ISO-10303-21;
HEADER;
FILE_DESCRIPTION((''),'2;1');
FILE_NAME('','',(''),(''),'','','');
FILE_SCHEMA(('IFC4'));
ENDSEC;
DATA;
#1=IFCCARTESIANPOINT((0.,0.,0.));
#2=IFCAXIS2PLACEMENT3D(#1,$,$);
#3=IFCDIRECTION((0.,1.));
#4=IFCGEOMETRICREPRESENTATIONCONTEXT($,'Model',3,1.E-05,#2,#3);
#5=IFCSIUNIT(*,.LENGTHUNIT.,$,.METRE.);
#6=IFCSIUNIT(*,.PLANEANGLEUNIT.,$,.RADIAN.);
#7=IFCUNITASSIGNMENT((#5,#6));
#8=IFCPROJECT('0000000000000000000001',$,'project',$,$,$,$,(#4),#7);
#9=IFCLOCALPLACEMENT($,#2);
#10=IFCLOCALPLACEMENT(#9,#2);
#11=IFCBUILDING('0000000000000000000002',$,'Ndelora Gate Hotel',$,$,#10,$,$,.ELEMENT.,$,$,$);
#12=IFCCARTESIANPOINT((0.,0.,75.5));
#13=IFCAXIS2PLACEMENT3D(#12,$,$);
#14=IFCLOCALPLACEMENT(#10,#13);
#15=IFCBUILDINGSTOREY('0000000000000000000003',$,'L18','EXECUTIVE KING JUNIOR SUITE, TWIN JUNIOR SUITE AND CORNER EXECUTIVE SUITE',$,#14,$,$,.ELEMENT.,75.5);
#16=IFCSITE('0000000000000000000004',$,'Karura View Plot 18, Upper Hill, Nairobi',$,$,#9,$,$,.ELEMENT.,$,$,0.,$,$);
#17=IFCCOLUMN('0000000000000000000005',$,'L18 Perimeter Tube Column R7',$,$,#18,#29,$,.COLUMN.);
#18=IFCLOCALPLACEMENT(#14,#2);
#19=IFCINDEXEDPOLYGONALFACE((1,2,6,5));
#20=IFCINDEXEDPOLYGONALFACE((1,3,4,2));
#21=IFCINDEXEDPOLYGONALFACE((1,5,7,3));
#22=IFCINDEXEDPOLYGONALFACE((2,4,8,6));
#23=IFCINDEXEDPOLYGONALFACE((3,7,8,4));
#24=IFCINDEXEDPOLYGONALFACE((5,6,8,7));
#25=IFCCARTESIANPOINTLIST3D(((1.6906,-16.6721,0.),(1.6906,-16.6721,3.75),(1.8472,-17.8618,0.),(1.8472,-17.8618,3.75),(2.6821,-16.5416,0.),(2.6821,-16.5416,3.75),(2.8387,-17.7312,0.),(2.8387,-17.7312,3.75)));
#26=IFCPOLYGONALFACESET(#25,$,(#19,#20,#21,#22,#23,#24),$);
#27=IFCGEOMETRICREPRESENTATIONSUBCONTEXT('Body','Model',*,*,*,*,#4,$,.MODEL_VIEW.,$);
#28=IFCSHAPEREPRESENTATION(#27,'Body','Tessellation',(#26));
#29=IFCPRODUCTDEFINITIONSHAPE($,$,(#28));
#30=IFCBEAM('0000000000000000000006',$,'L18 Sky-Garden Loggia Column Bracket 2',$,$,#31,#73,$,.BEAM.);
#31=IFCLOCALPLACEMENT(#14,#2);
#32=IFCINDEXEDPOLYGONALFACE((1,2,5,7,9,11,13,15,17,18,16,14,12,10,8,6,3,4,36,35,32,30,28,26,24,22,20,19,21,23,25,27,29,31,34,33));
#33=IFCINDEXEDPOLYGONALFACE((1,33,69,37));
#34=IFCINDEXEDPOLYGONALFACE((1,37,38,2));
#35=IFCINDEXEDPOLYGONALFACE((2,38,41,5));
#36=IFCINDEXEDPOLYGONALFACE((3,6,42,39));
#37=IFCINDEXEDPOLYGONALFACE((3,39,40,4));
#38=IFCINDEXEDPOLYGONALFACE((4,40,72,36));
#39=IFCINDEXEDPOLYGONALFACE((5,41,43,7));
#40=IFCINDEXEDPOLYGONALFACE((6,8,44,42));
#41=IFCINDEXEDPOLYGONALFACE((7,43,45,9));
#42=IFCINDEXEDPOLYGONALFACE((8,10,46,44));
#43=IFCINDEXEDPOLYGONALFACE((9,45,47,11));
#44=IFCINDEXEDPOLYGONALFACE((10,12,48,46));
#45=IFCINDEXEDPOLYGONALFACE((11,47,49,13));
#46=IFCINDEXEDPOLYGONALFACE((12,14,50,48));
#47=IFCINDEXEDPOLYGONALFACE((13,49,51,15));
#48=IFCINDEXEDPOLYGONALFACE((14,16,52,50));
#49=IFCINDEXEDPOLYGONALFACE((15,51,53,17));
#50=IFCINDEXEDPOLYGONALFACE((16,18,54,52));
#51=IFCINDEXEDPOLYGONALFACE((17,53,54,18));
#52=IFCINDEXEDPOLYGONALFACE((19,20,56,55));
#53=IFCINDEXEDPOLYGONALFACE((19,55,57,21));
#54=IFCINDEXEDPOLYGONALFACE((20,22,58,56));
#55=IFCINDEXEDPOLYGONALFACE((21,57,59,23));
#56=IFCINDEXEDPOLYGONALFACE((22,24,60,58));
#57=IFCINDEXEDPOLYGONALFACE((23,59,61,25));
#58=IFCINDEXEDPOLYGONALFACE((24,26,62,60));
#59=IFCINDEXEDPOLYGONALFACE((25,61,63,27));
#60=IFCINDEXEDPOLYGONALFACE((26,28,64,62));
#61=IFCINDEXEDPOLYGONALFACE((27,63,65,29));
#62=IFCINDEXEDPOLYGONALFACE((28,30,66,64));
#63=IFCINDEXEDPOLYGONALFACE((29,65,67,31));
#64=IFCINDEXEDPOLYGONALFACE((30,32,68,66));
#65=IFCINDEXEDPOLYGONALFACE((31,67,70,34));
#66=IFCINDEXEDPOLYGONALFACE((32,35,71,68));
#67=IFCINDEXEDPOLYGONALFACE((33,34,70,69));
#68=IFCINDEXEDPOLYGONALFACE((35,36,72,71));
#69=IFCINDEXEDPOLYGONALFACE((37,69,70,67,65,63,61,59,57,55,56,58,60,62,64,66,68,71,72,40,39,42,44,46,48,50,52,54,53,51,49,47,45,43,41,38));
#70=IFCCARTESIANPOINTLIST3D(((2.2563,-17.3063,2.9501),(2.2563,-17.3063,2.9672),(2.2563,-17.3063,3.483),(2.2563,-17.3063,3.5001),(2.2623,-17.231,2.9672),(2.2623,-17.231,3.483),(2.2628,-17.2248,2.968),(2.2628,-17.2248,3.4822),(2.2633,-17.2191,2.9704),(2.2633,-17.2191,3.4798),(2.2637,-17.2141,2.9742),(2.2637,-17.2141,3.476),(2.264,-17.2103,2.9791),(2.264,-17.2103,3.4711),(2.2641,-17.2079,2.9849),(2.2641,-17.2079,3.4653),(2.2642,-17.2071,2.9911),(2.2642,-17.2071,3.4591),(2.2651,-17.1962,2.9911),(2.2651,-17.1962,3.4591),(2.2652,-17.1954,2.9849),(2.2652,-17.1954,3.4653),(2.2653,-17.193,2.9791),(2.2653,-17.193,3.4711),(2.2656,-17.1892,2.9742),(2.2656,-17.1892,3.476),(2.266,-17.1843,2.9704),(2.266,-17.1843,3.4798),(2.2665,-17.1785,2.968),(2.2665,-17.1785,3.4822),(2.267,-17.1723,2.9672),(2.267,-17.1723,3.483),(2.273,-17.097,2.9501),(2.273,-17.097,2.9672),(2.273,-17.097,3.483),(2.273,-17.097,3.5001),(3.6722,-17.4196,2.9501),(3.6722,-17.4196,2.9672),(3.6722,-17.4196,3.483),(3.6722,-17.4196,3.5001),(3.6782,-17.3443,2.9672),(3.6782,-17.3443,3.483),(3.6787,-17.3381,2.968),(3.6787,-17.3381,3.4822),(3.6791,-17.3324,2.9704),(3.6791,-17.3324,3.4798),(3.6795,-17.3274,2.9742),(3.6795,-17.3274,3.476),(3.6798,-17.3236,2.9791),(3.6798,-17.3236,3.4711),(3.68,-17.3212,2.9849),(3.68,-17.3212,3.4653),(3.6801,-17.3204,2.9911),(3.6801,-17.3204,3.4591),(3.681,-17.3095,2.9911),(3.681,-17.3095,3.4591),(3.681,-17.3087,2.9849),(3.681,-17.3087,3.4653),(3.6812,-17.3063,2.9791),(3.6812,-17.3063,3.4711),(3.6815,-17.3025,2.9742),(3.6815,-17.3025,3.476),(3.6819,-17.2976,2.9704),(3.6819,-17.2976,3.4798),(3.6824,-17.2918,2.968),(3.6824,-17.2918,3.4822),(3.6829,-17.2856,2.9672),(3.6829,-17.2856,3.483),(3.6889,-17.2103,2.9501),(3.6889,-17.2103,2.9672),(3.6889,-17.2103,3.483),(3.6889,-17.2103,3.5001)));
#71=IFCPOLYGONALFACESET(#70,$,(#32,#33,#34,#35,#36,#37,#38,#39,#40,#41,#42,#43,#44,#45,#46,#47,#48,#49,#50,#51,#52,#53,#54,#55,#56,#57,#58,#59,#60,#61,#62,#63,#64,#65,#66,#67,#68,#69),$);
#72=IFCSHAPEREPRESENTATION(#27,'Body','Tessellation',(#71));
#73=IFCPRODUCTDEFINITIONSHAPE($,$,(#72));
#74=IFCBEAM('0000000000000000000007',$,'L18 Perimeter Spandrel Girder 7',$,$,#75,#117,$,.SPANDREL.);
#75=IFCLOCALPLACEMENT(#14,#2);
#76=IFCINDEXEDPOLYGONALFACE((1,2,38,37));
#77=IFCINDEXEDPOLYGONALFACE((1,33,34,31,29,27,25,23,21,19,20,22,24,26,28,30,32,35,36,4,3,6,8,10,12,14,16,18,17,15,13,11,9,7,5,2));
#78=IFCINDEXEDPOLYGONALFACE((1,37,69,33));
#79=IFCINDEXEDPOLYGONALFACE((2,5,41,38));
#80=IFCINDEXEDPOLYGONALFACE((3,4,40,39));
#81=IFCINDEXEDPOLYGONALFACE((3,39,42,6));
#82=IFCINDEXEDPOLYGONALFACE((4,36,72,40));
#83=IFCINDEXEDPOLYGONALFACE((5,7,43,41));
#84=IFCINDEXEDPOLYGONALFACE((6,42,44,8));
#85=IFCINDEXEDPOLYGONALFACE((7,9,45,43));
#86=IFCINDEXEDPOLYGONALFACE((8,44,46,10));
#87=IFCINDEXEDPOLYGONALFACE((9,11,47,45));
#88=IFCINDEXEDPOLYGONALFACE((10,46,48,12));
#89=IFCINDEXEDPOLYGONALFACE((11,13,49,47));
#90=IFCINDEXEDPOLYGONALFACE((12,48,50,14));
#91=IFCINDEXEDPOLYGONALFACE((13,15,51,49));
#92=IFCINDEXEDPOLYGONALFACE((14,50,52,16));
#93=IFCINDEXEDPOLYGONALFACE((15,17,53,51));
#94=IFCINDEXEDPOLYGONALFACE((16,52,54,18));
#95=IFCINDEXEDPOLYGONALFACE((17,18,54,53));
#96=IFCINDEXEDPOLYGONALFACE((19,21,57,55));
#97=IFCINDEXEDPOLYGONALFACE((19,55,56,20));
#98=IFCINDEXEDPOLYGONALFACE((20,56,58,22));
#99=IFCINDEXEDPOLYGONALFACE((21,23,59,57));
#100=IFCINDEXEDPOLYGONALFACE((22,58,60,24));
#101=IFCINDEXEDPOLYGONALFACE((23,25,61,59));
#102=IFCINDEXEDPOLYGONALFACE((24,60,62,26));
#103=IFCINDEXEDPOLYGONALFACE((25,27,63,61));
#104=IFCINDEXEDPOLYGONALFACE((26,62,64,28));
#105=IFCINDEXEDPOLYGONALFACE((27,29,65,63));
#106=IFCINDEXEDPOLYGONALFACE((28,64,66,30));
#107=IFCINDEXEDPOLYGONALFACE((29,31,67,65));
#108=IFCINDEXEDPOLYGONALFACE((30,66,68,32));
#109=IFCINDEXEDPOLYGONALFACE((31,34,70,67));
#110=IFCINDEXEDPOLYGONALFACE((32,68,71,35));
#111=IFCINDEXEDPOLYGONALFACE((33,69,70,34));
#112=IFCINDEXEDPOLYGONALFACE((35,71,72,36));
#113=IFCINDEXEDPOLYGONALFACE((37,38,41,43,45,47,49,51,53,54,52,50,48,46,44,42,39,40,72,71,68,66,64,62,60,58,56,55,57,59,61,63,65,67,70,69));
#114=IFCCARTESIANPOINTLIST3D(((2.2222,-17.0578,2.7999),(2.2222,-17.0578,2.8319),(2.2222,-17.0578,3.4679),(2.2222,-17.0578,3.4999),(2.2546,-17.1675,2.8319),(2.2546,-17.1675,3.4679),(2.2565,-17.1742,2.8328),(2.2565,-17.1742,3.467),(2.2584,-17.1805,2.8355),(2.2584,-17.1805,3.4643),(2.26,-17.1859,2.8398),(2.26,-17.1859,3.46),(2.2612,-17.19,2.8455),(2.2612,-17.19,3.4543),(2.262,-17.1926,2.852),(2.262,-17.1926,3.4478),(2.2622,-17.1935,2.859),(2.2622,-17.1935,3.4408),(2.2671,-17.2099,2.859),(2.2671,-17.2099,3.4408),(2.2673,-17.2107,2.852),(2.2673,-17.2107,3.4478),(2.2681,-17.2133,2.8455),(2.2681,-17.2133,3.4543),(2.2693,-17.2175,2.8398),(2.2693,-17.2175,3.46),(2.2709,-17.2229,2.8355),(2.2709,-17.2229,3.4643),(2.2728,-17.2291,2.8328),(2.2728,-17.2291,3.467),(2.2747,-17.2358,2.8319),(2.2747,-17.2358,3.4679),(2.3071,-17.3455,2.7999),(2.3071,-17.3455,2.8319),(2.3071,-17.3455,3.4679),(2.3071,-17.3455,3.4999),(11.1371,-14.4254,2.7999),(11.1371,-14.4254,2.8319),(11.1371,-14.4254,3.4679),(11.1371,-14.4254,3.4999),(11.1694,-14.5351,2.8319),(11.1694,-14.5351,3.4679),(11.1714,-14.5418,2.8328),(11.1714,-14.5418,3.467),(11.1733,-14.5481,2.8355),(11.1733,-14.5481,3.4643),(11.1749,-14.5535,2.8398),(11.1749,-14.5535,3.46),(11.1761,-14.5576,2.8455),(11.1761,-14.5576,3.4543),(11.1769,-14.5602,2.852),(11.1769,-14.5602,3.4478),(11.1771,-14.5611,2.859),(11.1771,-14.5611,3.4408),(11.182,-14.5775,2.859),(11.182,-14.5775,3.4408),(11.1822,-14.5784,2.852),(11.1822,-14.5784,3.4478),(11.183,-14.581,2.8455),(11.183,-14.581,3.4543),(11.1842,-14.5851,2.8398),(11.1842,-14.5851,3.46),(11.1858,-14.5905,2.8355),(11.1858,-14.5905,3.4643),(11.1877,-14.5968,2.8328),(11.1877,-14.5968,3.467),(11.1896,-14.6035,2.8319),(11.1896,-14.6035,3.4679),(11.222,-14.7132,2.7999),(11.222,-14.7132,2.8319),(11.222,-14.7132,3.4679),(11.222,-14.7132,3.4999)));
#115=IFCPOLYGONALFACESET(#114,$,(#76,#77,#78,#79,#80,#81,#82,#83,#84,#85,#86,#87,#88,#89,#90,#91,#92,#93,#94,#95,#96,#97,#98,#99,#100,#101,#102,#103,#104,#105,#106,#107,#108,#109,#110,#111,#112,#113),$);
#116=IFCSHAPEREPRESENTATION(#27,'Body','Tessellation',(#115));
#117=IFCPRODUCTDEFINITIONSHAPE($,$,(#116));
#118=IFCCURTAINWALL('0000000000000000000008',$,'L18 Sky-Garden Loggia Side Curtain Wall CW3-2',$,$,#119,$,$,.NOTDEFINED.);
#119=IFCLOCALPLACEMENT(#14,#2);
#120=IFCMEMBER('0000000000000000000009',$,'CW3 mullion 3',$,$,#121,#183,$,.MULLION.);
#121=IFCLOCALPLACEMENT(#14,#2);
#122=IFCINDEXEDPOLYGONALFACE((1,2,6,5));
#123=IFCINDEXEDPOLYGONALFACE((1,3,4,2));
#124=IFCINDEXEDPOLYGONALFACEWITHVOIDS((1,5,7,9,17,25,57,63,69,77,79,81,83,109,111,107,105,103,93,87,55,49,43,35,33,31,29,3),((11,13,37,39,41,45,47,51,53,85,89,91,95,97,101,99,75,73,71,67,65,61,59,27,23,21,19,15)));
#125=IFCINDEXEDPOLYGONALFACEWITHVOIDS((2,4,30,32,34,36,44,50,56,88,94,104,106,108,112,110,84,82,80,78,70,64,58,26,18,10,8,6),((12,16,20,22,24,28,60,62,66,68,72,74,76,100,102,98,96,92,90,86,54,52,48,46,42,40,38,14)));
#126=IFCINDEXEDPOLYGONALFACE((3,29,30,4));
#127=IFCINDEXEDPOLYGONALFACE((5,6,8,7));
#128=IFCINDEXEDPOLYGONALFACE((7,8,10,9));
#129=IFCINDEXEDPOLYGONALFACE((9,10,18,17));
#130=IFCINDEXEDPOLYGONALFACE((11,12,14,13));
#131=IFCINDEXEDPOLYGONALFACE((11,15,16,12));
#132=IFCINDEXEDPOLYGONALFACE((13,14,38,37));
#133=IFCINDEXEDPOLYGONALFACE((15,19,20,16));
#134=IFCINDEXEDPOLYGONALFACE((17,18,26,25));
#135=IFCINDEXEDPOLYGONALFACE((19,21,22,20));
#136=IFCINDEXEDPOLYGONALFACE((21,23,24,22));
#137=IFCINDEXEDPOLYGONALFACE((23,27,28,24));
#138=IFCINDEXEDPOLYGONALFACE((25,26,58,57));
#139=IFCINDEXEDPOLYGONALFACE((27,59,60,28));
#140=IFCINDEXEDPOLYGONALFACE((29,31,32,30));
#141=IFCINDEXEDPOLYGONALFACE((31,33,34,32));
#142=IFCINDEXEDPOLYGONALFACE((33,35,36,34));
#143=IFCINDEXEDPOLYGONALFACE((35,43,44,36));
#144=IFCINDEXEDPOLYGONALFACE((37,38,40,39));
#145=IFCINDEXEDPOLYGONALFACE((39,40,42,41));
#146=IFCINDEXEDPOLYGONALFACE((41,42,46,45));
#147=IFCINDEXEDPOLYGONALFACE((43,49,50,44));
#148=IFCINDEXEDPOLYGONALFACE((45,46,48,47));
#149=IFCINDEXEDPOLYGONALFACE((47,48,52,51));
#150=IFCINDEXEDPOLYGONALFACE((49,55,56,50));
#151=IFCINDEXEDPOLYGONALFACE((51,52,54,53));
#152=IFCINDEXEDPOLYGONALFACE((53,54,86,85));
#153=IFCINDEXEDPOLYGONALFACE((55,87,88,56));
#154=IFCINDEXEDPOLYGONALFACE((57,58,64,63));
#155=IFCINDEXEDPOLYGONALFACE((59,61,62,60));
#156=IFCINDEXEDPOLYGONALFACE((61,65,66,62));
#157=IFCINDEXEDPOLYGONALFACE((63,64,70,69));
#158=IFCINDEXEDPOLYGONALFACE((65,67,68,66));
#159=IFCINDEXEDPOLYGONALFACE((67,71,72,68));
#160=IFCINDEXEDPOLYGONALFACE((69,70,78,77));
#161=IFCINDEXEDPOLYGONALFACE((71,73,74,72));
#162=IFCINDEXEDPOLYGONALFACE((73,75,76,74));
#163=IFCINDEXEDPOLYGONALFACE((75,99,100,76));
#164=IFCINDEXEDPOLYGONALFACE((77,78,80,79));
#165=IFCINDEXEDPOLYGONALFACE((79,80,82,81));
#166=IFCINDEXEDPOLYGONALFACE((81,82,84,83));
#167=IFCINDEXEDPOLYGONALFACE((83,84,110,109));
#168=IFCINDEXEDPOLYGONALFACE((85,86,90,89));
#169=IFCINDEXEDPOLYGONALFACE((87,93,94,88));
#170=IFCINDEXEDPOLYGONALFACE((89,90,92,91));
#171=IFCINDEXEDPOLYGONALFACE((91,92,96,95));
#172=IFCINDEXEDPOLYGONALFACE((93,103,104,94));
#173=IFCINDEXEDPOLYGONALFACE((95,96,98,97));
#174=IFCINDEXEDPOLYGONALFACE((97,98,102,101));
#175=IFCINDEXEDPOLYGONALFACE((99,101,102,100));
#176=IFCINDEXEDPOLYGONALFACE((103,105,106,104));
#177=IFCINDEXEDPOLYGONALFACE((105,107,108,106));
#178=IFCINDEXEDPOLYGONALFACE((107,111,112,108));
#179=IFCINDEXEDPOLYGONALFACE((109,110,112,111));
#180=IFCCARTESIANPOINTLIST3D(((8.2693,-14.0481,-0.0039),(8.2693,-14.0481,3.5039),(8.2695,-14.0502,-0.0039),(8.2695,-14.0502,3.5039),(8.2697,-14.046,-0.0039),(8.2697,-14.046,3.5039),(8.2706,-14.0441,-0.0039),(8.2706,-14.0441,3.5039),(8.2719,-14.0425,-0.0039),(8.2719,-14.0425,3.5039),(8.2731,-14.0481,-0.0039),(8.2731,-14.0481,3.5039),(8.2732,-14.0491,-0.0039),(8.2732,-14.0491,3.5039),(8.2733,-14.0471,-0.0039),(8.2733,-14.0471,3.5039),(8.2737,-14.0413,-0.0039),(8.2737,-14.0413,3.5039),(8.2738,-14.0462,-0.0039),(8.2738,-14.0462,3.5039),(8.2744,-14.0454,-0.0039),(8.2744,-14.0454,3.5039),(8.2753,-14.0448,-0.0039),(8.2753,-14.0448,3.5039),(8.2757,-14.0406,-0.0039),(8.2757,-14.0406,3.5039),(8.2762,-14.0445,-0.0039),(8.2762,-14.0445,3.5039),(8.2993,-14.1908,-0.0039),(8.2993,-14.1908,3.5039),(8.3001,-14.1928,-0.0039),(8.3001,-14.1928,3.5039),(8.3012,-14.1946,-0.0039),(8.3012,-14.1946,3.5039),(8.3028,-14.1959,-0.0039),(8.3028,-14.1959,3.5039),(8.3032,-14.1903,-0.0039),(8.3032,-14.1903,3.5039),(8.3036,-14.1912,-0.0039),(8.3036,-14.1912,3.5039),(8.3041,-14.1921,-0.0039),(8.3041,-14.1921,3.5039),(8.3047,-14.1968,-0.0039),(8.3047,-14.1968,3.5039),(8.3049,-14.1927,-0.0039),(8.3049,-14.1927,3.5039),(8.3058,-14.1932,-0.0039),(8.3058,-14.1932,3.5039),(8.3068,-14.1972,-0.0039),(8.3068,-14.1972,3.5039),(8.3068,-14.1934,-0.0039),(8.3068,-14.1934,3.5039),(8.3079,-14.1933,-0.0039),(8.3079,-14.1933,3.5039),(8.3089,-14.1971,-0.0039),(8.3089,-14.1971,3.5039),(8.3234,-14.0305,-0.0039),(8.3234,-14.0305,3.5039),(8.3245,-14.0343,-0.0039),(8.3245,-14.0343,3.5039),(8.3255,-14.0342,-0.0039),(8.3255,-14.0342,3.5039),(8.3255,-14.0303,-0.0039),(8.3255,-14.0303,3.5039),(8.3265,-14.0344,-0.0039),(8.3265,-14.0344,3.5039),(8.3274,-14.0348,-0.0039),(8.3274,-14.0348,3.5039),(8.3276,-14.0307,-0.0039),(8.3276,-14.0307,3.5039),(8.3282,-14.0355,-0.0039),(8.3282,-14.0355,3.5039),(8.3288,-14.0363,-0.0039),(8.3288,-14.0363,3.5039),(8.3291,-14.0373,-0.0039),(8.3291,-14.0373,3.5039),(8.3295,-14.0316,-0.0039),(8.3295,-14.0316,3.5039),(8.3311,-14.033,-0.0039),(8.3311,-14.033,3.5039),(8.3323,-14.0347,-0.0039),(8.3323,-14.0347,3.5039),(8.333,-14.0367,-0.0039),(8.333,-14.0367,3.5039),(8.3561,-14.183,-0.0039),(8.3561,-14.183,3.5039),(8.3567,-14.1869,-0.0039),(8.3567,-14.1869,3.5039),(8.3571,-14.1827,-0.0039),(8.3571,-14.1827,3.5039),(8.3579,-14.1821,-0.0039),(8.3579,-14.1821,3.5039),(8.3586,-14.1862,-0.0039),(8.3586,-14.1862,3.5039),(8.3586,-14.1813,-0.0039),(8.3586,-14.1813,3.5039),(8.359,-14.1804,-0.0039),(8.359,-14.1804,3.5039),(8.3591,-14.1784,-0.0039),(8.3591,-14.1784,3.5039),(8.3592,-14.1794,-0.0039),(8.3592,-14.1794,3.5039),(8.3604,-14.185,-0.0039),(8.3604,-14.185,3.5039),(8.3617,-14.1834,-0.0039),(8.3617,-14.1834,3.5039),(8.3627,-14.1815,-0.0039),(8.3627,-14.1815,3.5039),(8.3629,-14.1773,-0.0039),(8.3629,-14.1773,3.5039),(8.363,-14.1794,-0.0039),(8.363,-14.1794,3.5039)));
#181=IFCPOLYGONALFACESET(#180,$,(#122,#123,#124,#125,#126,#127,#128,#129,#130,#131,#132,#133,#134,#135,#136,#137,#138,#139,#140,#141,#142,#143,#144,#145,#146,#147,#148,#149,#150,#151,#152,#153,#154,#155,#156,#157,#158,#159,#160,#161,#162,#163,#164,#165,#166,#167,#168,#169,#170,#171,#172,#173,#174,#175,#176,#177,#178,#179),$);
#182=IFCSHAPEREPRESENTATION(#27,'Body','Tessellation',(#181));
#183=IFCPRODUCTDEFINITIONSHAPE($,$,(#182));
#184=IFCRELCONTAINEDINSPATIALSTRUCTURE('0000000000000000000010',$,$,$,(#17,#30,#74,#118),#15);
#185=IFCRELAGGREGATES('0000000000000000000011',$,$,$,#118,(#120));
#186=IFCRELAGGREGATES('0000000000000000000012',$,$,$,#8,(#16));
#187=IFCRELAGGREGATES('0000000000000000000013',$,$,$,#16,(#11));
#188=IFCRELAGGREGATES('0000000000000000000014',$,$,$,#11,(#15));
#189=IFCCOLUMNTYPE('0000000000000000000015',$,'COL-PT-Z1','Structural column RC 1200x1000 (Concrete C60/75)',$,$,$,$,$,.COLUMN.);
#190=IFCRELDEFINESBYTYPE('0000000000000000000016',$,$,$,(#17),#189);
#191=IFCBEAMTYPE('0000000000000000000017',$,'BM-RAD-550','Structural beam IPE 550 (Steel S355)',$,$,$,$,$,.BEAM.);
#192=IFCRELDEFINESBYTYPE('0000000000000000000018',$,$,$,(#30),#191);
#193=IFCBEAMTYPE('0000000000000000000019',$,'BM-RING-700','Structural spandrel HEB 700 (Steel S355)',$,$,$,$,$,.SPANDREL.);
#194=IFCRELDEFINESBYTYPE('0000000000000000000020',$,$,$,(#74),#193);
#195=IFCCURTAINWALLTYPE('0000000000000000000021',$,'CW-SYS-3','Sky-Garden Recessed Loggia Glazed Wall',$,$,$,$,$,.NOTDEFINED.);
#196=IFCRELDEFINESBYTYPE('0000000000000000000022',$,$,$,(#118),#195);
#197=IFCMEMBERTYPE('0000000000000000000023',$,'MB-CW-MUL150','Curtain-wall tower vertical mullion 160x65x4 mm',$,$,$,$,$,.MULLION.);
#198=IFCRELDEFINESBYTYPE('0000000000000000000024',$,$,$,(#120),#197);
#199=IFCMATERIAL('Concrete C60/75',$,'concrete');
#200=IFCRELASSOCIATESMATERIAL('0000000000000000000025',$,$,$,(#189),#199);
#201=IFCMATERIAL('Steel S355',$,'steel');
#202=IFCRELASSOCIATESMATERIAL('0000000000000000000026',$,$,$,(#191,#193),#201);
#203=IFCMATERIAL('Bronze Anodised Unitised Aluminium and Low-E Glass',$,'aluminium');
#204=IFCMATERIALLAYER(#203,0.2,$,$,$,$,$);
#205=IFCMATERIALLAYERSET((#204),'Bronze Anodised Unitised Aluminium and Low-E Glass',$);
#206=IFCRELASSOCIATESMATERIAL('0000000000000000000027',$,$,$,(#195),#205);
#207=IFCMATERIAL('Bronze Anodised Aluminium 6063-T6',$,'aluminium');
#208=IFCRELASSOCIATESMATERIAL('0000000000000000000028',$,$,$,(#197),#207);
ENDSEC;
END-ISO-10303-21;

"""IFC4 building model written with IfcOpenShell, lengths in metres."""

from ifc_helpers import new_model, si_unit, direction, frame, origin, origin_2d, place, context, subcontext, project, spatial, rectangle, hollow_rectangle, i_section, extrude, material, layer, layer_set, material_profile, profile_set, type_object, element, aggregate, save


model = new_model("IFC4")

# Units and contexts
model_context = context("Model", 3, precision=1e-05, world=origin(), true_north=direction((0.0, 1.0)))
body_context = subcontext(model_context, "Body", "Model", "MODEL_VIEW")
ifc_project = project(units=[si_unit("LENGTHUNIT", "METRE"), si_unit("PLANEANGLEUNIT", "RADIAN")], contexts=[model_context])

# Site, building, storey
site_placement = place(None, origin())
site = spatial("IfcSite", under=ifc_project, at=site_placement, Name="Karura View Plot 18, Upper Hill, Nairobi", CompositionType="ELEMENT", RefElevation=0.0)
building_placement = place(site_placement, origin())
building = spatial("IfcBuilding", under=site, at=building_placement, Name="Ndelora Gate Hotel", CompositionType="ELEMENT")
storey_placement = place(building_placement, frame((0.0, 0.0, 75.5)))
storey = spatial("IfcBuildingStorey", under=building, at=storey_placement, Name="L18", Description="EXECUTIVE KING JUNIOR SUITE, TWIN JUNIOR SUITE AND CORNER EXECUTIVE SUITE", CompositionType="ELEMENT", Elevation=75.5)

# Column
ifc_material_1 = material(Name="Concrete C60/75", Category="concrete")
ifc_material_profile_1 = material_profile(ifc_material_1, rectangle(XDim=1.0, YDim=1.2, at=origin_2d()), Name="RC 1200x1000")
ifc_profile_set_1 = profile_set([ifc_material_profile_1], Name="Concrete C60/75")
column_type = type_object("IfcColumnType", Name="COL-PT-Z1", Description="Structural column RC 1200x1000 (Concrete C60/75)", PredefinedType="COLUMN", material=ifc_profile_set_1)
column_placement = place(storey_placement, frame((2.2646, -17.2017, 0.0), z_axis=(0.0, 0.0, 1.0), x_axis=(0.991445, 0.130526, 0.0)))
element("IfcColumn", 1, at=column_placement, inside=storey, type_object=column_type, Name="L18 Perimeter Tube Column R7", PredefinedType="COLUMN", context=body_context, shape_type="SweptSolid", body=[
    extrude(rectangle(XDim=1.0, YDim=1.2, at=origin_2d()), origin(), (0.0, 0.0, 1.0), 3.75),
])

# Beams
ifc_material_2 = material(Name="Steel S355", Category="steel")
ifc_material_profile_2 = material_profile(ifc_material_2, i_section(OverallWidth=0.21, OverallDepth=0.55, WebThickness=0.011, FlangeThickness=0.0171, FilletRadius=0.0239, at=origin_2d()), Name="IPE 550")
ifc_profile_set_2 = profile_set([ifc_material_profile_2], Name="Steel S355")
beam_type_1 = type_object("IfcBeamType", Name="BM-RAD-550", Description="Structural beam IPE 550 (Steel S355)", PredefinedType="BEAM", material=ifc_profile_set_2)
beam_1_placement = place(storey_placement, frame((2.2646, -17.2017, 3.2251), z_axis=(0.996814, -0.079759, 0.0), x_axis=(0.079759, 0.996814, 0.0)))
element("IfcBeam", 2, at=beam_1_placement, inside=storey, type_object=beam_type_1, Name="L18 Sky-Garden Loggia Column Bracket 2", PredefinedType="BEAM", context=body_context, shape_type="SweptSolid", body=[
    extrude(i_section(OverallWidth=0.21, OverallDepth=0.55, WebThickness=0.011, FlangeThickness=0.0171, FilletRadius=0.0239, at=origin_2d()), origin(), (0.0, 0.0, 1.0), 1.4204),
])
ifc_material_profile_3 = material_profile(ifc_material_2, i_section(OverallWidth=0.3, OverallDepth=0.7, WebThickness=0.0171, FlangeThickness=0.032, FilletRadius=0.0271, at=origin_2d()), Name="HEB 700")
ifc_profile_set_3 = profile_set([ifc_material_profile_3], Name="Steel S355")
beam_type_2 = type_object("IfcBeamType", Name="BM-RING-700", Description="Structural spandrel HEB 700 (Steel S355)", PredefinedType="SPANDREL", material=ifc_profile_set_3)
beam_2_placement = place(storey_placement, frame((2.2646, -17.2017, 3.1499), z_axis=(0.959064, 0.283189, 0.0), x_axis=(-0.283189, 0.959064, 0.0)))
element("IfcBeam", 3, at=beam_2_placement, inside=storey, type_object=beam_type_2, Name="L18 Perimeter Spandrel Girder 7", PredefinedType="SPANDREL", context=body_context, shape_type="SweptSolid", body=[
    extrude(i_section(OverallWidth=0.3, OverallDepth=0.7, WebThickness=0.0171, FlangeThickness=0.032, FilletRadius=0.0271, at=origin_2d()), origin(), (0.0, 0.0, 1.0), 9.2954),
])

# Curtain wall, member
ifc_material_3 = material(Name="Bronze Anodised Unitised Aluminium and Low-E Glass", Category="aluminium")
ifc_layer_1 = layer(ifc_material_3, 0.2)
ifc_layer_set_1 = layer_set([ifc_layer_1], Name="Bronze Anodised Unitised Aluminium and Low-E Glass")
curtain_wall_type = type_object("IfcCurtainWallType", Name="CW-SYS-3", Description="Sky-Garden Recessed Loggia Glazed Wall", PredefinedType="NOTDEFINED", material=ifc_layer_set_1)
curtain_wall_placement = place(storey_placement, origin())
curtain_wall = element("IfcCurtainWall", 4, at=curtain_wall_placement, inside=storey, type_object=curtain_wall_type, Name="L18 Sky-Garden Loggia Side Curtain Wall CW3-2", PredefinedType="NOTDEFINED")
ifc_material_4 = material(Name="Bronze Anodised Aluminium 6063-T6", Category="aluminium")
ifc_material_profile_4 = material_profile(ifc_material_4, hollow_rectangle(XDim=0.0649, YDim=0.1599, WallThickness=0.0039, InnerFilletRadius=0.0039, OuterFilletRadius=0.0081, at=origin_2d()), Name="ALU 160x65x4")
ifc_profile_set_4 = profile_set([ifc_material_profile_4], Name="Bronze Anodised Aluminium 6063-T6")
member_type_1 = type_object("IfcMemberType", Name="MB-CW-MUL150", Description="Curtain-wall tower vertical mullion 160x65x4 mm", PredefinedType="MULLION", material=ifc_profile_set_4)
member_1_placement = place(storey_placement, frame((8.3162, -14.1138, -0.0039), z_axis=(0.0, 0.0, 1.0), x_axis=(-0.978148, -0.207911, 0.0)))
member_1 = element("IfcMember", 5, at=member_1_placement, type_object=member_type_1, Name="CW3 mullion 3", PredefinedType="MULLION", context=body_context, shape_type="SweptSolid", body=[
    extrude(hollow_rectangle(XDim=0.0649, YDim=0.1599, WallThickness=0.0039, InnerFilletRadius=0.0039, OuterFilletRadius=0.0081, at=origin_2d()), origin(), (0.0, 0.0, 1.0), 3.5078),
])
aggregate(curtain_wall, [member_1])

save(model, "model.ifc")
